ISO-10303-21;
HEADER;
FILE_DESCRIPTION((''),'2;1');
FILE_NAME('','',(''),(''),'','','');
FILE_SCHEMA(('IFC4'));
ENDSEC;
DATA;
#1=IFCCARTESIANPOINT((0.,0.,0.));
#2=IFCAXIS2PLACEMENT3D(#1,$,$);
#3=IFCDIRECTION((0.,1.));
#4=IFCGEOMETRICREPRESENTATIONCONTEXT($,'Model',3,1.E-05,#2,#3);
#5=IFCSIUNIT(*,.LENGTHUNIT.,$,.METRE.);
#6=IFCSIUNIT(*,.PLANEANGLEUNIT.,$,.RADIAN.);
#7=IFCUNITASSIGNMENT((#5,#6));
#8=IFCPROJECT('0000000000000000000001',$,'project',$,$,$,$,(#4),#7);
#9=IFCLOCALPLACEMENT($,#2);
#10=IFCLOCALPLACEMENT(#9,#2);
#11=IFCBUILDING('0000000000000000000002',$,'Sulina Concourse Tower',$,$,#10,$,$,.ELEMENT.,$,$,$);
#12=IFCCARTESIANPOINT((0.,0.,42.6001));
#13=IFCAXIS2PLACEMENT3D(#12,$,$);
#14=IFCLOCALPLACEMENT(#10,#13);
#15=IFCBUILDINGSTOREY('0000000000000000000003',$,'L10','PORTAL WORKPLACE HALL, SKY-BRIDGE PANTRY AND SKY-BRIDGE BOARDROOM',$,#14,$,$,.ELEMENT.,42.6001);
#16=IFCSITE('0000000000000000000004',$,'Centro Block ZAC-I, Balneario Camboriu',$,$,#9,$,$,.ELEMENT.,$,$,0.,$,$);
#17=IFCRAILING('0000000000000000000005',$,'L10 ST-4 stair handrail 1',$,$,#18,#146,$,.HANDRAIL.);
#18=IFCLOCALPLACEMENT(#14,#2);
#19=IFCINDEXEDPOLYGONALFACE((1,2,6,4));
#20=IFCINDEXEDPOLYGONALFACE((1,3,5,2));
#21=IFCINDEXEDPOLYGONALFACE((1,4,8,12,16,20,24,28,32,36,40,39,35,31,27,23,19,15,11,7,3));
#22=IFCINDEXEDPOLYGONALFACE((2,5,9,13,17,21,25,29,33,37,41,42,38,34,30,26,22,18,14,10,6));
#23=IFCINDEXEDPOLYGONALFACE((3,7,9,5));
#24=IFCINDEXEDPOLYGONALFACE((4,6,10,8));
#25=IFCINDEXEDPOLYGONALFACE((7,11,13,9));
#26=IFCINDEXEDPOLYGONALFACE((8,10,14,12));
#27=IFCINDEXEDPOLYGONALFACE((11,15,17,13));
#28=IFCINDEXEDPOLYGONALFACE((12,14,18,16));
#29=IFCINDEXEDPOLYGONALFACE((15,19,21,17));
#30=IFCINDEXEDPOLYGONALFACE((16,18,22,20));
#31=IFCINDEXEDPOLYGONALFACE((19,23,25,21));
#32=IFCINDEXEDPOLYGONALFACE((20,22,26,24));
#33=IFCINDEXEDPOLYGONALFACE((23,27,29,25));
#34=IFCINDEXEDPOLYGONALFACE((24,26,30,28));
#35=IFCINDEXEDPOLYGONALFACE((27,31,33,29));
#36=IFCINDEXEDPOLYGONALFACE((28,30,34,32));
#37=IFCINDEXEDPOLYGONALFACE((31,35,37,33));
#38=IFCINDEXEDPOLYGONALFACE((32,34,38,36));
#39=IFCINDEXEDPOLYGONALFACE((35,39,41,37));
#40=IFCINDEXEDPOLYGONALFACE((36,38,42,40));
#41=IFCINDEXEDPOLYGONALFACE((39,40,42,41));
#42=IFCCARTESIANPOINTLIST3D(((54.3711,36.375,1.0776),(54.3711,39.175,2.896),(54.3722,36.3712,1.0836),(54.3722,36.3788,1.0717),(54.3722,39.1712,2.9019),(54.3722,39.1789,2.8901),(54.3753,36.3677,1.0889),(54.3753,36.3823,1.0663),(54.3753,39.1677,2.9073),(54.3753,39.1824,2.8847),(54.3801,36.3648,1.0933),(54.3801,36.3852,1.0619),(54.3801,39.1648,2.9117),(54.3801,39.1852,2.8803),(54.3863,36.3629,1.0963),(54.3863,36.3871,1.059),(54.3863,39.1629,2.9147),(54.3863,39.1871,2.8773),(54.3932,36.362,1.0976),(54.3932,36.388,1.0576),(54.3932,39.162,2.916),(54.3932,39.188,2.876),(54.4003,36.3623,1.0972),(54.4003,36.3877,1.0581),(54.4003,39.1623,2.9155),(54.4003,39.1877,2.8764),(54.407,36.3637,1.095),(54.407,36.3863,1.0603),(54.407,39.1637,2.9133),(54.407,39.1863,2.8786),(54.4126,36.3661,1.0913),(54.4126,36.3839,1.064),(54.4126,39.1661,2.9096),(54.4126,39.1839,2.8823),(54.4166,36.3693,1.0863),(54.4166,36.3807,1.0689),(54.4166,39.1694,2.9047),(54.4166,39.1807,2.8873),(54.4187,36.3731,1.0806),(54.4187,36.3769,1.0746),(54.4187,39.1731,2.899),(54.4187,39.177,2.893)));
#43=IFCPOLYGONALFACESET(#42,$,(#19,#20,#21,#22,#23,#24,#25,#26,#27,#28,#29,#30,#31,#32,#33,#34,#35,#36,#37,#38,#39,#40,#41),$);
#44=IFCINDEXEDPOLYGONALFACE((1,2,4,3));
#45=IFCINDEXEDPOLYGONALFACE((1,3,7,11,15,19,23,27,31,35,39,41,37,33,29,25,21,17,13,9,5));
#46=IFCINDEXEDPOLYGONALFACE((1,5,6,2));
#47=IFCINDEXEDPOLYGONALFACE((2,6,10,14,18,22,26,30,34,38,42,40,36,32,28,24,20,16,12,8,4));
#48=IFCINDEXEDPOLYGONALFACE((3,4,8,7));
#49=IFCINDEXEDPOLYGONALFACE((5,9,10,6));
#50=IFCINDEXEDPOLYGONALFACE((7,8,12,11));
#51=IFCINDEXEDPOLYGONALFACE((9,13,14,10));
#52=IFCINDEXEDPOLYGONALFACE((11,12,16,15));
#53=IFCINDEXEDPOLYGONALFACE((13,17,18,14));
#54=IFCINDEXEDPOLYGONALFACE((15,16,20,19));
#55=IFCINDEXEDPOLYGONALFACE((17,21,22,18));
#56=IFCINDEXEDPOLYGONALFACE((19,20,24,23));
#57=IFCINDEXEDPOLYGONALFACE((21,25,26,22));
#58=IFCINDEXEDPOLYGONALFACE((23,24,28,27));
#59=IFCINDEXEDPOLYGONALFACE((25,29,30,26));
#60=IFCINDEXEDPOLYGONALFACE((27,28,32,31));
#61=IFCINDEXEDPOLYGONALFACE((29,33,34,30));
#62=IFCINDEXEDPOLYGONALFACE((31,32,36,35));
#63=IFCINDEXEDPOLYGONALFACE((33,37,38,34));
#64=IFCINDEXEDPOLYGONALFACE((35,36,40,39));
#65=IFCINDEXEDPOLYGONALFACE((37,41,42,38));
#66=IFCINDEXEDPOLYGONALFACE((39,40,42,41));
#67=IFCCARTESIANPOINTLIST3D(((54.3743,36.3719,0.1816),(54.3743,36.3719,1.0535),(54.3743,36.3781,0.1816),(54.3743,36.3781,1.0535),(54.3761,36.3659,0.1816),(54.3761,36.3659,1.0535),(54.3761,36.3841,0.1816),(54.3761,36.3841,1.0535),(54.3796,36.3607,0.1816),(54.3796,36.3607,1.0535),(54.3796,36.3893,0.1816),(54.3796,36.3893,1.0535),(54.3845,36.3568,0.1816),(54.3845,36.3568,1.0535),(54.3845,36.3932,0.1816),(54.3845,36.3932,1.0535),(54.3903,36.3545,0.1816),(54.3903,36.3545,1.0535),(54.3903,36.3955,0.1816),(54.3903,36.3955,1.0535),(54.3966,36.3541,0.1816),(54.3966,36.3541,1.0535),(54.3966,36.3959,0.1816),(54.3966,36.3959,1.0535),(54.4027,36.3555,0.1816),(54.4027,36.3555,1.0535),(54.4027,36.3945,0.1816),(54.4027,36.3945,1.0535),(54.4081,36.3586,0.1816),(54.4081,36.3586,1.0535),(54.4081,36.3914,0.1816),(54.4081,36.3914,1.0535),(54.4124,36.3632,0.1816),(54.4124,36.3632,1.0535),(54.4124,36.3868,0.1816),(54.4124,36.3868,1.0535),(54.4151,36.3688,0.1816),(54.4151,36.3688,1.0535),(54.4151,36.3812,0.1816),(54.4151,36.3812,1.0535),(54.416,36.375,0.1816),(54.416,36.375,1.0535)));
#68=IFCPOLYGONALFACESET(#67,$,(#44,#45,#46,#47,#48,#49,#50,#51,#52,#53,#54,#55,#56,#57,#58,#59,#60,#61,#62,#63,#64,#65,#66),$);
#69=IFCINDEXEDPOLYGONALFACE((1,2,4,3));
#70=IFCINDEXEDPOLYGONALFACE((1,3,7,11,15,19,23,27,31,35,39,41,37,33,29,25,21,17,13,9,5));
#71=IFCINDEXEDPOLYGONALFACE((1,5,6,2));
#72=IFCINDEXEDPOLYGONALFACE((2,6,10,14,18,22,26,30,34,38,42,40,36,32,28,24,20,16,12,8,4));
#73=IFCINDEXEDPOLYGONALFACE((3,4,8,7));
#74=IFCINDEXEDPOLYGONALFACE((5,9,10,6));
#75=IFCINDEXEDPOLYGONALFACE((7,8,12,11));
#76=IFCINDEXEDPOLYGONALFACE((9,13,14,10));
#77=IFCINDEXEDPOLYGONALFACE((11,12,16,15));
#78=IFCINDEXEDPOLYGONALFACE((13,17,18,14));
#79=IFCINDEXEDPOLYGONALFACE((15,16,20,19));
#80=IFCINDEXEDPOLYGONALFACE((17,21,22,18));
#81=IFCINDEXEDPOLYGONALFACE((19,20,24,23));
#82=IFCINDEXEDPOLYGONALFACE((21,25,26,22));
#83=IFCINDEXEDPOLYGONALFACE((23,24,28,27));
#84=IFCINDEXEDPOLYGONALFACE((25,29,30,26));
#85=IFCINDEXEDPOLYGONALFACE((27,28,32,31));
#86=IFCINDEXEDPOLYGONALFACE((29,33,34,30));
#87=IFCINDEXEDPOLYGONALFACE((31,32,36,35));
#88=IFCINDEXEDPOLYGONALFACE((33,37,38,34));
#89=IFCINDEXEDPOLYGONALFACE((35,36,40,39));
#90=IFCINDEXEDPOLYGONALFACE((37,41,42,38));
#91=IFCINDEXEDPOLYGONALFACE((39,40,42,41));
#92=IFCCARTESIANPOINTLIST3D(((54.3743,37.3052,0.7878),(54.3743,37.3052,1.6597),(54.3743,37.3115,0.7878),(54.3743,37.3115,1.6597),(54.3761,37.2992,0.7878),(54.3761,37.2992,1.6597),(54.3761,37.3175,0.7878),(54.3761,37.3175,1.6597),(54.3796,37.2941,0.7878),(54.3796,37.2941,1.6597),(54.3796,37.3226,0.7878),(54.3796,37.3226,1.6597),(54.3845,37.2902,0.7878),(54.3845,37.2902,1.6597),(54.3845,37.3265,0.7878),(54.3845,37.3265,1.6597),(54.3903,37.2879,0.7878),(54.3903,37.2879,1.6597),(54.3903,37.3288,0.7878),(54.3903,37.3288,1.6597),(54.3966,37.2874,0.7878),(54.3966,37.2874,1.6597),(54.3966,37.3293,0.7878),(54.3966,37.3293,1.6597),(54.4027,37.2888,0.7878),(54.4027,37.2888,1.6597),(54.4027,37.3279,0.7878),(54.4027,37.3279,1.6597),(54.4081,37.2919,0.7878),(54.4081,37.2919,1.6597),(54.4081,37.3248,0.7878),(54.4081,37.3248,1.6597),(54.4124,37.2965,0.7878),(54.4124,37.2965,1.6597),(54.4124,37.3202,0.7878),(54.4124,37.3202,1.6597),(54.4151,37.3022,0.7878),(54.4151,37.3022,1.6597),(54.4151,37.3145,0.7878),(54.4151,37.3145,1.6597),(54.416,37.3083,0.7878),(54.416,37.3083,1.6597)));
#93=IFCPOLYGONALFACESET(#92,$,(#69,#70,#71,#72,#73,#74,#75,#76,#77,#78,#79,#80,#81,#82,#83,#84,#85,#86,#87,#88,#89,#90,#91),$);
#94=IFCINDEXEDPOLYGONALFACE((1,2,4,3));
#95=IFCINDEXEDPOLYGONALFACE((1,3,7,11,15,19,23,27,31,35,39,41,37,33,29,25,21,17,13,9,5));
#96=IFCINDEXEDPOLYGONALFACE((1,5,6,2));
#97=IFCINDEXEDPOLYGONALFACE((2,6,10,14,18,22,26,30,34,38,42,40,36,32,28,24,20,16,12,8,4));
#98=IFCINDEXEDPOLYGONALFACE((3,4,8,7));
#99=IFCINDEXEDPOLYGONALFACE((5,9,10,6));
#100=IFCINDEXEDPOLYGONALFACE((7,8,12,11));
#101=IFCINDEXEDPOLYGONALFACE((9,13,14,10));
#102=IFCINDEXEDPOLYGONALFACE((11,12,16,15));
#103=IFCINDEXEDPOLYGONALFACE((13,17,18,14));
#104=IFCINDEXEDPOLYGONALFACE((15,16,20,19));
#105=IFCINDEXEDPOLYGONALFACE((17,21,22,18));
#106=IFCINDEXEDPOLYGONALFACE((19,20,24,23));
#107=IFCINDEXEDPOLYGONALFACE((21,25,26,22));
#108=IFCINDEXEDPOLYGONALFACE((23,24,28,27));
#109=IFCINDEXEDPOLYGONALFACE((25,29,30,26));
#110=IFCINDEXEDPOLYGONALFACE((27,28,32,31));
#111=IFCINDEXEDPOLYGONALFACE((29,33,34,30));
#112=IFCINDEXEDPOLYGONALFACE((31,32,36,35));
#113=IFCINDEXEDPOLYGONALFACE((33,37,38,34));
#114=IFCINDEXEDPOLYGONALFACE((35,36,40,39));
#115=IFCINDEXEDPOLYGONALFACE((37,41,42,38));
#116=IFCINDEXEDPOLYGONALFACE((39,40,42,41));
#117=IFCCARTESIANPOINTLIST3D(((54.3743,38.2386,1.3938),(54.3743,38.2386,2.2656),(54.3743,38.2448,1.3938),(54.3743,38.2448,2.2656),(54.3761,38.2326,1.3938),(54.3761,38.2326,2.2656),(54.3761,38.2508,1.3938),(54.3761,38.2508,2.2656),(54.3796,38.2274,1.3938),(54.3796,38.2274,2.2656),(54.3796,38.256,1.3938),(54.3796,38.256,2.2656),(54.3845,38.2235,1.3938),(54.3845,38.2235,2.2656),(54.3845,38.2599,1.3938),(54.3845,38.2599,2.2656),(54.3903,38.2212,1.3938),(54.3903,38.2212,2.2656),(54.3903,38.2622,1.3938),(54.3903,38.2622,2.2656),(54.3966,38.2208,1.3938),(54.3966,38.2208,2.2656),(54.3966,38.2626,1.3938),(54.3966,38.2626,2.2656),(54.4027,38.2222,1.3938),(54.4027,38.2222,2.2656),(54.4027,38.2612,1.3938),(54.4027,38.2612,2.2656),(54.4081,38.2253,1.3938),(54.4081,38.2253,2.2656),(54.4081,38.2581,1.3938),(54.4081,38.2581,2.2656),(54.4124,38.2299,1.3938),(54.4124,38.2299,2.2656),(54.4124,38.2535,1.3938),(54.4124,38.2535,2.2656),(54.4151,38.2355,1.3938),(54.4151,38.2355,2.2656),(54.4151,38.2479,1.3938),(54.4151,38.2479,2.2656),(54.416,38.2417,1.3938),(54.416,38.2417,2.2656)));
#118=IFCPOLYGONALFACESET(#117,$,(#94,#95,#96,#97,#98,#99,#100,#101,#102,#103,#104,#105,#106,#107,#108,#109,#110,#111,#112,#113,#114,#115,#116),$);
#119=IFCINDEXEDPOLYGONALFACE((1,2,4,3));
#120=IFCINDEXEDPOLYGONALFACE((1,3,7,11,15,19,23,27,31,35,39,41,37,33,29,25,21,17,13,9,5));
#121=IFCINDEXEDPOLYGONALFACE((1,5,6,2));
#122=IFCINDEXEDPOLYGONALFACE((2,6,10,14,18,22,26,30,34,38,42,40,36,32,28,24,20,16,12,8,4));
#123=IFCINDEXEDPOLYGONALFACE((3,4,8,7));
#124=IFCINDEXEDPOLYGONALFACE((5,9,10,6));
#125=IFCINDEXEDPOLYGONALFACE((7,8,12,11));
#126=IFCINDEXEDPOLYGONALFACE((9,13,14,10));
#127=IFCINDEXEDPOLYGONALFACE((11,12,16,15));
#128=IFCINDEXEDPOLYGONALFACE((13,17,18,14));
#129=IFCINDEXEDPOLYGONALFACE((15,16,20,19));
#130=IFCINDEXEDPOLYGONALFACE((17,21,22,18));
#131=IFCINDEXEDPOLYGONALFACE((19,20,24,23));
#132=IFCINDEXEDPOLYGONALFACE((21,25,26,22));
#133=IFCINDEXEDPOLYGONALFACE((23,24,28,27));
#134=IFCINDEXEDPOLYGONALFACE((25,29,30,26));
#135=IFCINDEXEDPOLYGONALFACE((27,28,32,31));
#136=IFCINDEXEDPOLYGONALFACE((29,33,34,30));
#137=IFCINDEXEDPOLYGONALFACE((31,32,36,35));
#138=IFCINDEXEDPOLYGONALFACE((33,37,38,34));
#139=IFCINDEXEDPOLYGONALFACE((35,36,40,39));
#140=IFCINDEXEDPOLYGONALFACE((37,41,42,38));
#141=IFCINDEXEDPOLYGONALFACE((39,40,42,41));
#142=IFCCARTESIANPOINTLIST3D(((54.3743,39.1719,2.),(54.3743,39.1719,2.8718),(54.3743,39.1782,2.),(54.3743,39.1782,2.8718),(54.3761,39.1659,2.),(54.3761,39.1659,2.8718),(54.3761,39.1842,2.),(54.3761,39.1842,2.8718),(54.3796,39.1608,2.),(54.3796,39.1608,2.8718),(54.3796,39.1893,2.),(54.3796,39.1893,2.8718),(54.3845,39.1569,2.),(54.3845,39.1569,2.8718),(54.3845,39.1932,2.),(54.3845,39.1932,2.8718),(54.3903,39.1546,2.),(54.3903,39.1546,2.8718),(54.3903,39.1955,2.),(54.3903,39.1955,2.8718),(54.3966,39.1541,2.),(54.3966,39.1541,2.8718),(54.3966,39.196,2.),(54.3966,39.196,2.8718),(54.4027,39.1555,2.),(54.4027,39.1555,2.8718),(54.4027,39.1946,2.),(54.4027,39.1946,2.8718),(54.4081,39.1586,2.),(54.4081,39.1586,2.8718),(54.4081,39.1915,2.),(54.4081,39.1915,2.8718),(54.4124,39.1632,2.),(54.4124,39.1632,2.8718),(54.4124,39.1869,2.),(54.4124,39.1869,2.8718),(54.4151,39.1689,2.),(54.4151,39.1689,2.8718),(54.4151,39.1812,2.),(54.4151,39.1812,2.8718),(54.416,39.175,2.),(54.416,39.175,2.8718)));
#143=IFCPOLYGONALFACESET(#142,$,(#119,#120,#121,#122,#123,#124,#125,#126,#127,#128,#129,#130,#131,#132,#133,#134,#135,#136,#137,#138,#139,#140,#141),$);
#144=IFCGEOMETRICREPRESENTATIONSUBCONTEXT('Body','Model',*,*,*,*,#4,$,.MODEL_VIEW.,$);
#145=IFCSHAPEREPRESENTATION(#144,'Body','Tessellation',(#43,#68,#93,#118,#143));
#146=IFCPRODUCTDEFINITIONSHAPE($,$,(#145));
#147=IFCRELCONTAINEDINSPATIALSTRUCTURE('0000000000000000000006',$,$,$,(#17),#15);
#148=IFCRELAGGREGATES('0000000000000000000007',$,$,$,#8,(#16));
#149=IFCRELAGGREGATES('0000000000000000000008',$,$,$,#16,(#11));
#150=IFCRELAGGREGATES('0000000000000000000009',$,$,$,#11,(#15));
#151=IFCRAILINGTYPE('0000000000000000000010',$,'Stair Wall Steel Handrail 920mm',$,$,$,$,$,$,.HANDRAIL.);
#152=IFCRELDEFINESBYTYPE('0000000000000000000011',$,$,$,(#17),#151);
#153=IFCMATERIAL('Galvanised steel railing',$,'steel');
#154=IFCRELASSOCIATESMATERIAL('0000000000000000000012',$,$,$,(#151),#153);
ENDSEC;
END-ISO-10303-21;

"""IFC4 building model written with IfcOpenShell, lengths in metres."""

from ifc_helpers import new_model, si_unit, direction, frame, origin, origin_2d, place, context, subcontext, project, spatial, circle, extrude, material, type_object, element, save


model = new_model("IFC4")

# Units and contexts
model_context = context("Model", 3, precision=1e-05, world=origin(), true_north=direction((0.0, 1.0)))
body_context = subcontext(model_context, "Body", "Model", "MODEL_VIEW")
ifc_project = project(units=[si_unit("LENGTHUNIT", "METRE"), si_unit("PLANEANGLEUNIT", "RADIAN")], contexts=[model_context])

# Site, building, storey
site_placement = place(None, origin())
site = spatial("IfcSite", under=ifc_project, at=site_placement, Name="Centro Block ZAC-I, Balneario Camboriu", CompositionType="ELEMENT", RefElevation=0.0)
building_placement = place(site_placement, origin())
building = spatial("IfcBuilding", under=site, at=building_placement, Name="Sulina Concourse Tower", CompositionType="ELEMENT")
storey_placement = place(building_placement, frame((0.0, 0.0, 42.6001)))
storey = spatial("IfcBuildingStorey", under=building, at=storey_placement, Name="L10", Description="PORTAL WORKPLACE HALL, SKY-BRIDGE PANTRY AND SKY-BRIDGE BOARDROOM", CompositionType="ELEMENT", Elevation=42.6001)

# Railing
ifc_material_1 = material(Name="Galvanised steel railing", Category="steel")
railing_type_1 = type_object("IfcRailingType", Name="Stair Wall Steel Handrail 920mm", PredefinedType="HANDRAIL", material=ifc_material_1)
railing_1_placement = place(storey_placement, frame((54.395, 36.375, 0.1816)))
element("IfcRailing", 1, at=railing_1_placement, inside=storey, type_object=railing_type_1, Name="L10 ST-4 stair handrail 1", PredefinedType="HANDRAIL", context=body_context, shape_type="SweptSolid", body=[
    extrude(circle(Radius=0.0239, at=origin_2d()), frame((0.0, 0.0, 0.896), z_axis=(0.0, 0.838672, 0.544636), x_axis=(-1.0, 0.0, 0.0)), (0.0, 0.0, 1.0), 3.3386),
    extrude(circle(Radius=0.021, at=origin_2d()), origin(), (0.0, 0.0, 1.0), 0.8718),
    extrude(circle(Radius=0.021, at=origin_2d()), frame((0.0, 0.9333, 0.6062)), (0.0, 0.0, 1.0), 0.8718),
    extrude(circle(Radius=0.021, at=origin_2d()), frame((0.0, 1.8667, 1.2122)), (0.0, 0.0, 1.0), 0.8718),
    extrude(circle(Radius=0.021, at=origin_2d()), frame((0.0, 2.8, 1.8184)), (0.0, 0.0, 1.0), 0.8718),
])

save(model, "model.ifc")
